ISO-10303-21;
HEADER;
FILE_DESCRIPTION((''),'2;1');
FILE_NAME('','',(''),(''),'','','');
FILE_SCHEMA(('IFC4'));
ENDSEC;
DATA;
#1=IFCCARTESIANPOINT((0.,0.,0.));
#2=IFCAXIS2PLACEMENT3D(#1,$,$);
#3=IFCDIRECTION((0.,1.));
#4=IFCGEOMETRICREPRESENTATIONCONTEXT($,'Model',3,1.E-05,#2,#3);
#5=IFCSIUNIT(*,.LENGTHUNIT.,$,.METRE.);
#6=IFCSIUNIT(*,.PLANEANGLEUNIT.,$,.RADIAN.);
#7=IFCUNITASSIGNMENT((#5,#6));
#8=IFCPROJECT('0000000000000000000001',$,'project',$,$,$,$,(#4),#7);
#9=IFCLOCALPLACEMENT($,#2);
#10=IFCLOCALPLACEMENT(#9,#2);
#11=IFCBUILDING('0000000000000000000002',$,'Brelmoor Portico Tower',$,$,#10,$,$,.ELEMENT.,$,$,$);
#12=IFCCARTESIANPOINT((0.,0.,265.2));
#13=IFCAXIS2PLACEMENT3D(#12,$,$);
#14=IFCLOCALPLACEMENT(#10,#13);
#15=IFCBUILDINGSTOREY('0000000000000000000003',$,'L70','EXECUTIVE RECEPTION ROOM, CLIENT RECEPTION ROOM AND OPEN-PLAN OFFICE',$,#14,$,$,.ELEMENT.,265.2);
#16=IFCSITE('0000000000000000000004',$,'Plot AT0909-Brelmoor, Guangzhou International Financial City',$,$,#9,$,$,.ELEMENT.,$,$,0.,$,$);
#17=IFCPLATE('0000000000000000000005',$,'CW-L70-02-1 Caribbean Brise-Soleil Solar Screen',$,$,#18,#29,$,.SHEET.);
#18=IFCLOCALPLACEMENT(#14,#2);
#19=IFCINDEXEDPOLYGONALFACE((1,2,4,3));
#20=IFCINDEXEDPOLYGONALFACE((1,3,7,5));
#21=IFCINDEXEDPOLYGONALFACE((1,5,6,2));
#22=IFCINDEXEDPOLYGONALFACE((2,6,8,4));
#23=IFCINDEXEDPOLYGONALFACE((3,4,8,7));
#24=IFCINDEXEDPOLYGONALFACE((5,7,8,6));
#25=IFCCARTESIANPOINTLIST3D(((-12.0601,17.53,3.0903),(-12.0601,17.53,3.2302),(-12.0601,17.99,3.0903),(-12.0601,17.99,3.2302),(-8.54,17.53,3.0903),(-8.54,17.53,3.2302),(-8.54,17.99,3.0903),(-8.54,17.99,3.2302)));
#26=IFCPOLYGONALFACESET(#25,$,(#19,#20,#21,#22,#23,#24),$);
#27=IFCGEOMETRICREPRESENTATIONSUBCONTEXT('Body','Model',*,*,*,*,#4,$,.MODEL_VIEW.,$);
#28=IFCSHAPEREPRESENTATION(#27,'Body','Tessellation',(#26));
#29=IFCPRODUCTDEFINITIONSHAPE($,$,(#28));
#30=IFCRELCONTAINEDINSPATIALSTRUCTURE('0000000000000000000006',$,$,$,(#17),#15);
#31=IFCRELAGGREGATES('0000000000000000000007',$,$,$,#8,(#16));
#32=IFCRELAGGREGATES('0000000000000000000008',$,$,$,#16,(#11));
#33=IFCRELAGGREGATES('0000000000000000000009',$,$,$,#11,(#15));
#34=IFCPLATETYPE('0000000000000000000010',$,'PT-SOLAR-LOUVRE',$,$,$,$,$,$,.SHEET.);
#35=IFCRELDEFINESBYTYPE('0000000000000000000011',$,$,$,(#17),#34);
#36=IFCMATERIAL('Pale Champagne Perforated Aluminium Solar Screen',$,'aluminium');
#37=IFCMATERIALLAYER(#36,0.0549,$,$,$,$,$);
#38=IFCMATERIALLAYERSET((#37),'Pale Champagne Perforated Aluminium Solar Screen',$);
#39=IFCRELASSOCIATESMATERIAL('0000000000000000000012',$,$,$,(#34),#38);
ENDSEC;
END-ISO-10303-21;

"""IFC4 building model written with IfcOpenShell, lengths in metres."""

from ifc_helpers import new_model, si_unit, direction, frame, origin, origin_2d, place, context, subcontext, project, spatial, rectangle, extrude, material, layer, layer_set, type_object, element, save


model = new_model("IFC4")

# Units and contexts
model_context = context("Model", 3, precision=1e-05, world=origin(), true_north=direction((0.0, 1.0)))
body_context = subcontext(model_context, "Body", "Model", "MODEL_VIEW")
ifc_project = project(units=[si_unit("LENGTHUNIT", "METRE"), si_unit("PLANEANGLEUNIT", "RADIAN")], contexts=[model_context])

# Site, building, storey
site_placement = place(None, origin())
site = spatial("IfcSite", under=ifc_project, at=site_placement, Name="Plot AT0909-Brelmoor, Guangzhou International Financial City", CompositionType="ELEMENT", RefElevation=0.0)
building_placement = place(site_placement, origin())
building = spatial("IfcBuilding", under=site, at=building_placement, Name="Brelmoor Portico Tower", CompositionType="ELEMENT")
storey_placement = place(building_placement, frame((0.0, 0.0, 265.2)))
storey = spatial("IfcBuildingStorey", under=building, at=storey_placement, Name="L70", Description="EXECUTIVE RECEPTION ROOM, CLIENT RECEPTION ROOM AND OPEN-PLAN OFFICE", CompositionType="ELEMENT", Elevation=265.2)

# Plate
ifc_material_1 = material(Name="Pale Champagne Perforated Aluminium Solar Screen", Category="aluminium")
ifc_layer_1 = layer(ifc_material_1, 0.0549)
ifc_layer_set_1 = layer_set([ifc_layer_1], Name="Pale Champagne Perforated Aluminium Solar Screen")
plate_type_1 = type_object("IfcPlateType", Name="PT-SOLAR-LOUVRE", PredefinedType="SHEET", material=ifc_layer_set_1)
plate_1_placement = place(storey_placement, frame((-10.3, 17.76, 3.0903), z_axis=(0.0, 0.0, 1.0), x_axis=(1.0, 0.0, 0.0)))
element("IfcPlate", 1, at=plate_1_placement, inside=storey, type_object=plate_type_1, Name="CW-L70-02-1 Caribbean Brise-Soleil Solar Screen", PredefinedType="SHEET", context=body_context, shape_type="SweptSolid", body=[
    extrude(rectangle(XDim=3.52, YDim=0.46, at=origin_2d()), origin(), (0.0, 0.0, 1.0), 0.1399),
])

save(model, "model.ifc")
